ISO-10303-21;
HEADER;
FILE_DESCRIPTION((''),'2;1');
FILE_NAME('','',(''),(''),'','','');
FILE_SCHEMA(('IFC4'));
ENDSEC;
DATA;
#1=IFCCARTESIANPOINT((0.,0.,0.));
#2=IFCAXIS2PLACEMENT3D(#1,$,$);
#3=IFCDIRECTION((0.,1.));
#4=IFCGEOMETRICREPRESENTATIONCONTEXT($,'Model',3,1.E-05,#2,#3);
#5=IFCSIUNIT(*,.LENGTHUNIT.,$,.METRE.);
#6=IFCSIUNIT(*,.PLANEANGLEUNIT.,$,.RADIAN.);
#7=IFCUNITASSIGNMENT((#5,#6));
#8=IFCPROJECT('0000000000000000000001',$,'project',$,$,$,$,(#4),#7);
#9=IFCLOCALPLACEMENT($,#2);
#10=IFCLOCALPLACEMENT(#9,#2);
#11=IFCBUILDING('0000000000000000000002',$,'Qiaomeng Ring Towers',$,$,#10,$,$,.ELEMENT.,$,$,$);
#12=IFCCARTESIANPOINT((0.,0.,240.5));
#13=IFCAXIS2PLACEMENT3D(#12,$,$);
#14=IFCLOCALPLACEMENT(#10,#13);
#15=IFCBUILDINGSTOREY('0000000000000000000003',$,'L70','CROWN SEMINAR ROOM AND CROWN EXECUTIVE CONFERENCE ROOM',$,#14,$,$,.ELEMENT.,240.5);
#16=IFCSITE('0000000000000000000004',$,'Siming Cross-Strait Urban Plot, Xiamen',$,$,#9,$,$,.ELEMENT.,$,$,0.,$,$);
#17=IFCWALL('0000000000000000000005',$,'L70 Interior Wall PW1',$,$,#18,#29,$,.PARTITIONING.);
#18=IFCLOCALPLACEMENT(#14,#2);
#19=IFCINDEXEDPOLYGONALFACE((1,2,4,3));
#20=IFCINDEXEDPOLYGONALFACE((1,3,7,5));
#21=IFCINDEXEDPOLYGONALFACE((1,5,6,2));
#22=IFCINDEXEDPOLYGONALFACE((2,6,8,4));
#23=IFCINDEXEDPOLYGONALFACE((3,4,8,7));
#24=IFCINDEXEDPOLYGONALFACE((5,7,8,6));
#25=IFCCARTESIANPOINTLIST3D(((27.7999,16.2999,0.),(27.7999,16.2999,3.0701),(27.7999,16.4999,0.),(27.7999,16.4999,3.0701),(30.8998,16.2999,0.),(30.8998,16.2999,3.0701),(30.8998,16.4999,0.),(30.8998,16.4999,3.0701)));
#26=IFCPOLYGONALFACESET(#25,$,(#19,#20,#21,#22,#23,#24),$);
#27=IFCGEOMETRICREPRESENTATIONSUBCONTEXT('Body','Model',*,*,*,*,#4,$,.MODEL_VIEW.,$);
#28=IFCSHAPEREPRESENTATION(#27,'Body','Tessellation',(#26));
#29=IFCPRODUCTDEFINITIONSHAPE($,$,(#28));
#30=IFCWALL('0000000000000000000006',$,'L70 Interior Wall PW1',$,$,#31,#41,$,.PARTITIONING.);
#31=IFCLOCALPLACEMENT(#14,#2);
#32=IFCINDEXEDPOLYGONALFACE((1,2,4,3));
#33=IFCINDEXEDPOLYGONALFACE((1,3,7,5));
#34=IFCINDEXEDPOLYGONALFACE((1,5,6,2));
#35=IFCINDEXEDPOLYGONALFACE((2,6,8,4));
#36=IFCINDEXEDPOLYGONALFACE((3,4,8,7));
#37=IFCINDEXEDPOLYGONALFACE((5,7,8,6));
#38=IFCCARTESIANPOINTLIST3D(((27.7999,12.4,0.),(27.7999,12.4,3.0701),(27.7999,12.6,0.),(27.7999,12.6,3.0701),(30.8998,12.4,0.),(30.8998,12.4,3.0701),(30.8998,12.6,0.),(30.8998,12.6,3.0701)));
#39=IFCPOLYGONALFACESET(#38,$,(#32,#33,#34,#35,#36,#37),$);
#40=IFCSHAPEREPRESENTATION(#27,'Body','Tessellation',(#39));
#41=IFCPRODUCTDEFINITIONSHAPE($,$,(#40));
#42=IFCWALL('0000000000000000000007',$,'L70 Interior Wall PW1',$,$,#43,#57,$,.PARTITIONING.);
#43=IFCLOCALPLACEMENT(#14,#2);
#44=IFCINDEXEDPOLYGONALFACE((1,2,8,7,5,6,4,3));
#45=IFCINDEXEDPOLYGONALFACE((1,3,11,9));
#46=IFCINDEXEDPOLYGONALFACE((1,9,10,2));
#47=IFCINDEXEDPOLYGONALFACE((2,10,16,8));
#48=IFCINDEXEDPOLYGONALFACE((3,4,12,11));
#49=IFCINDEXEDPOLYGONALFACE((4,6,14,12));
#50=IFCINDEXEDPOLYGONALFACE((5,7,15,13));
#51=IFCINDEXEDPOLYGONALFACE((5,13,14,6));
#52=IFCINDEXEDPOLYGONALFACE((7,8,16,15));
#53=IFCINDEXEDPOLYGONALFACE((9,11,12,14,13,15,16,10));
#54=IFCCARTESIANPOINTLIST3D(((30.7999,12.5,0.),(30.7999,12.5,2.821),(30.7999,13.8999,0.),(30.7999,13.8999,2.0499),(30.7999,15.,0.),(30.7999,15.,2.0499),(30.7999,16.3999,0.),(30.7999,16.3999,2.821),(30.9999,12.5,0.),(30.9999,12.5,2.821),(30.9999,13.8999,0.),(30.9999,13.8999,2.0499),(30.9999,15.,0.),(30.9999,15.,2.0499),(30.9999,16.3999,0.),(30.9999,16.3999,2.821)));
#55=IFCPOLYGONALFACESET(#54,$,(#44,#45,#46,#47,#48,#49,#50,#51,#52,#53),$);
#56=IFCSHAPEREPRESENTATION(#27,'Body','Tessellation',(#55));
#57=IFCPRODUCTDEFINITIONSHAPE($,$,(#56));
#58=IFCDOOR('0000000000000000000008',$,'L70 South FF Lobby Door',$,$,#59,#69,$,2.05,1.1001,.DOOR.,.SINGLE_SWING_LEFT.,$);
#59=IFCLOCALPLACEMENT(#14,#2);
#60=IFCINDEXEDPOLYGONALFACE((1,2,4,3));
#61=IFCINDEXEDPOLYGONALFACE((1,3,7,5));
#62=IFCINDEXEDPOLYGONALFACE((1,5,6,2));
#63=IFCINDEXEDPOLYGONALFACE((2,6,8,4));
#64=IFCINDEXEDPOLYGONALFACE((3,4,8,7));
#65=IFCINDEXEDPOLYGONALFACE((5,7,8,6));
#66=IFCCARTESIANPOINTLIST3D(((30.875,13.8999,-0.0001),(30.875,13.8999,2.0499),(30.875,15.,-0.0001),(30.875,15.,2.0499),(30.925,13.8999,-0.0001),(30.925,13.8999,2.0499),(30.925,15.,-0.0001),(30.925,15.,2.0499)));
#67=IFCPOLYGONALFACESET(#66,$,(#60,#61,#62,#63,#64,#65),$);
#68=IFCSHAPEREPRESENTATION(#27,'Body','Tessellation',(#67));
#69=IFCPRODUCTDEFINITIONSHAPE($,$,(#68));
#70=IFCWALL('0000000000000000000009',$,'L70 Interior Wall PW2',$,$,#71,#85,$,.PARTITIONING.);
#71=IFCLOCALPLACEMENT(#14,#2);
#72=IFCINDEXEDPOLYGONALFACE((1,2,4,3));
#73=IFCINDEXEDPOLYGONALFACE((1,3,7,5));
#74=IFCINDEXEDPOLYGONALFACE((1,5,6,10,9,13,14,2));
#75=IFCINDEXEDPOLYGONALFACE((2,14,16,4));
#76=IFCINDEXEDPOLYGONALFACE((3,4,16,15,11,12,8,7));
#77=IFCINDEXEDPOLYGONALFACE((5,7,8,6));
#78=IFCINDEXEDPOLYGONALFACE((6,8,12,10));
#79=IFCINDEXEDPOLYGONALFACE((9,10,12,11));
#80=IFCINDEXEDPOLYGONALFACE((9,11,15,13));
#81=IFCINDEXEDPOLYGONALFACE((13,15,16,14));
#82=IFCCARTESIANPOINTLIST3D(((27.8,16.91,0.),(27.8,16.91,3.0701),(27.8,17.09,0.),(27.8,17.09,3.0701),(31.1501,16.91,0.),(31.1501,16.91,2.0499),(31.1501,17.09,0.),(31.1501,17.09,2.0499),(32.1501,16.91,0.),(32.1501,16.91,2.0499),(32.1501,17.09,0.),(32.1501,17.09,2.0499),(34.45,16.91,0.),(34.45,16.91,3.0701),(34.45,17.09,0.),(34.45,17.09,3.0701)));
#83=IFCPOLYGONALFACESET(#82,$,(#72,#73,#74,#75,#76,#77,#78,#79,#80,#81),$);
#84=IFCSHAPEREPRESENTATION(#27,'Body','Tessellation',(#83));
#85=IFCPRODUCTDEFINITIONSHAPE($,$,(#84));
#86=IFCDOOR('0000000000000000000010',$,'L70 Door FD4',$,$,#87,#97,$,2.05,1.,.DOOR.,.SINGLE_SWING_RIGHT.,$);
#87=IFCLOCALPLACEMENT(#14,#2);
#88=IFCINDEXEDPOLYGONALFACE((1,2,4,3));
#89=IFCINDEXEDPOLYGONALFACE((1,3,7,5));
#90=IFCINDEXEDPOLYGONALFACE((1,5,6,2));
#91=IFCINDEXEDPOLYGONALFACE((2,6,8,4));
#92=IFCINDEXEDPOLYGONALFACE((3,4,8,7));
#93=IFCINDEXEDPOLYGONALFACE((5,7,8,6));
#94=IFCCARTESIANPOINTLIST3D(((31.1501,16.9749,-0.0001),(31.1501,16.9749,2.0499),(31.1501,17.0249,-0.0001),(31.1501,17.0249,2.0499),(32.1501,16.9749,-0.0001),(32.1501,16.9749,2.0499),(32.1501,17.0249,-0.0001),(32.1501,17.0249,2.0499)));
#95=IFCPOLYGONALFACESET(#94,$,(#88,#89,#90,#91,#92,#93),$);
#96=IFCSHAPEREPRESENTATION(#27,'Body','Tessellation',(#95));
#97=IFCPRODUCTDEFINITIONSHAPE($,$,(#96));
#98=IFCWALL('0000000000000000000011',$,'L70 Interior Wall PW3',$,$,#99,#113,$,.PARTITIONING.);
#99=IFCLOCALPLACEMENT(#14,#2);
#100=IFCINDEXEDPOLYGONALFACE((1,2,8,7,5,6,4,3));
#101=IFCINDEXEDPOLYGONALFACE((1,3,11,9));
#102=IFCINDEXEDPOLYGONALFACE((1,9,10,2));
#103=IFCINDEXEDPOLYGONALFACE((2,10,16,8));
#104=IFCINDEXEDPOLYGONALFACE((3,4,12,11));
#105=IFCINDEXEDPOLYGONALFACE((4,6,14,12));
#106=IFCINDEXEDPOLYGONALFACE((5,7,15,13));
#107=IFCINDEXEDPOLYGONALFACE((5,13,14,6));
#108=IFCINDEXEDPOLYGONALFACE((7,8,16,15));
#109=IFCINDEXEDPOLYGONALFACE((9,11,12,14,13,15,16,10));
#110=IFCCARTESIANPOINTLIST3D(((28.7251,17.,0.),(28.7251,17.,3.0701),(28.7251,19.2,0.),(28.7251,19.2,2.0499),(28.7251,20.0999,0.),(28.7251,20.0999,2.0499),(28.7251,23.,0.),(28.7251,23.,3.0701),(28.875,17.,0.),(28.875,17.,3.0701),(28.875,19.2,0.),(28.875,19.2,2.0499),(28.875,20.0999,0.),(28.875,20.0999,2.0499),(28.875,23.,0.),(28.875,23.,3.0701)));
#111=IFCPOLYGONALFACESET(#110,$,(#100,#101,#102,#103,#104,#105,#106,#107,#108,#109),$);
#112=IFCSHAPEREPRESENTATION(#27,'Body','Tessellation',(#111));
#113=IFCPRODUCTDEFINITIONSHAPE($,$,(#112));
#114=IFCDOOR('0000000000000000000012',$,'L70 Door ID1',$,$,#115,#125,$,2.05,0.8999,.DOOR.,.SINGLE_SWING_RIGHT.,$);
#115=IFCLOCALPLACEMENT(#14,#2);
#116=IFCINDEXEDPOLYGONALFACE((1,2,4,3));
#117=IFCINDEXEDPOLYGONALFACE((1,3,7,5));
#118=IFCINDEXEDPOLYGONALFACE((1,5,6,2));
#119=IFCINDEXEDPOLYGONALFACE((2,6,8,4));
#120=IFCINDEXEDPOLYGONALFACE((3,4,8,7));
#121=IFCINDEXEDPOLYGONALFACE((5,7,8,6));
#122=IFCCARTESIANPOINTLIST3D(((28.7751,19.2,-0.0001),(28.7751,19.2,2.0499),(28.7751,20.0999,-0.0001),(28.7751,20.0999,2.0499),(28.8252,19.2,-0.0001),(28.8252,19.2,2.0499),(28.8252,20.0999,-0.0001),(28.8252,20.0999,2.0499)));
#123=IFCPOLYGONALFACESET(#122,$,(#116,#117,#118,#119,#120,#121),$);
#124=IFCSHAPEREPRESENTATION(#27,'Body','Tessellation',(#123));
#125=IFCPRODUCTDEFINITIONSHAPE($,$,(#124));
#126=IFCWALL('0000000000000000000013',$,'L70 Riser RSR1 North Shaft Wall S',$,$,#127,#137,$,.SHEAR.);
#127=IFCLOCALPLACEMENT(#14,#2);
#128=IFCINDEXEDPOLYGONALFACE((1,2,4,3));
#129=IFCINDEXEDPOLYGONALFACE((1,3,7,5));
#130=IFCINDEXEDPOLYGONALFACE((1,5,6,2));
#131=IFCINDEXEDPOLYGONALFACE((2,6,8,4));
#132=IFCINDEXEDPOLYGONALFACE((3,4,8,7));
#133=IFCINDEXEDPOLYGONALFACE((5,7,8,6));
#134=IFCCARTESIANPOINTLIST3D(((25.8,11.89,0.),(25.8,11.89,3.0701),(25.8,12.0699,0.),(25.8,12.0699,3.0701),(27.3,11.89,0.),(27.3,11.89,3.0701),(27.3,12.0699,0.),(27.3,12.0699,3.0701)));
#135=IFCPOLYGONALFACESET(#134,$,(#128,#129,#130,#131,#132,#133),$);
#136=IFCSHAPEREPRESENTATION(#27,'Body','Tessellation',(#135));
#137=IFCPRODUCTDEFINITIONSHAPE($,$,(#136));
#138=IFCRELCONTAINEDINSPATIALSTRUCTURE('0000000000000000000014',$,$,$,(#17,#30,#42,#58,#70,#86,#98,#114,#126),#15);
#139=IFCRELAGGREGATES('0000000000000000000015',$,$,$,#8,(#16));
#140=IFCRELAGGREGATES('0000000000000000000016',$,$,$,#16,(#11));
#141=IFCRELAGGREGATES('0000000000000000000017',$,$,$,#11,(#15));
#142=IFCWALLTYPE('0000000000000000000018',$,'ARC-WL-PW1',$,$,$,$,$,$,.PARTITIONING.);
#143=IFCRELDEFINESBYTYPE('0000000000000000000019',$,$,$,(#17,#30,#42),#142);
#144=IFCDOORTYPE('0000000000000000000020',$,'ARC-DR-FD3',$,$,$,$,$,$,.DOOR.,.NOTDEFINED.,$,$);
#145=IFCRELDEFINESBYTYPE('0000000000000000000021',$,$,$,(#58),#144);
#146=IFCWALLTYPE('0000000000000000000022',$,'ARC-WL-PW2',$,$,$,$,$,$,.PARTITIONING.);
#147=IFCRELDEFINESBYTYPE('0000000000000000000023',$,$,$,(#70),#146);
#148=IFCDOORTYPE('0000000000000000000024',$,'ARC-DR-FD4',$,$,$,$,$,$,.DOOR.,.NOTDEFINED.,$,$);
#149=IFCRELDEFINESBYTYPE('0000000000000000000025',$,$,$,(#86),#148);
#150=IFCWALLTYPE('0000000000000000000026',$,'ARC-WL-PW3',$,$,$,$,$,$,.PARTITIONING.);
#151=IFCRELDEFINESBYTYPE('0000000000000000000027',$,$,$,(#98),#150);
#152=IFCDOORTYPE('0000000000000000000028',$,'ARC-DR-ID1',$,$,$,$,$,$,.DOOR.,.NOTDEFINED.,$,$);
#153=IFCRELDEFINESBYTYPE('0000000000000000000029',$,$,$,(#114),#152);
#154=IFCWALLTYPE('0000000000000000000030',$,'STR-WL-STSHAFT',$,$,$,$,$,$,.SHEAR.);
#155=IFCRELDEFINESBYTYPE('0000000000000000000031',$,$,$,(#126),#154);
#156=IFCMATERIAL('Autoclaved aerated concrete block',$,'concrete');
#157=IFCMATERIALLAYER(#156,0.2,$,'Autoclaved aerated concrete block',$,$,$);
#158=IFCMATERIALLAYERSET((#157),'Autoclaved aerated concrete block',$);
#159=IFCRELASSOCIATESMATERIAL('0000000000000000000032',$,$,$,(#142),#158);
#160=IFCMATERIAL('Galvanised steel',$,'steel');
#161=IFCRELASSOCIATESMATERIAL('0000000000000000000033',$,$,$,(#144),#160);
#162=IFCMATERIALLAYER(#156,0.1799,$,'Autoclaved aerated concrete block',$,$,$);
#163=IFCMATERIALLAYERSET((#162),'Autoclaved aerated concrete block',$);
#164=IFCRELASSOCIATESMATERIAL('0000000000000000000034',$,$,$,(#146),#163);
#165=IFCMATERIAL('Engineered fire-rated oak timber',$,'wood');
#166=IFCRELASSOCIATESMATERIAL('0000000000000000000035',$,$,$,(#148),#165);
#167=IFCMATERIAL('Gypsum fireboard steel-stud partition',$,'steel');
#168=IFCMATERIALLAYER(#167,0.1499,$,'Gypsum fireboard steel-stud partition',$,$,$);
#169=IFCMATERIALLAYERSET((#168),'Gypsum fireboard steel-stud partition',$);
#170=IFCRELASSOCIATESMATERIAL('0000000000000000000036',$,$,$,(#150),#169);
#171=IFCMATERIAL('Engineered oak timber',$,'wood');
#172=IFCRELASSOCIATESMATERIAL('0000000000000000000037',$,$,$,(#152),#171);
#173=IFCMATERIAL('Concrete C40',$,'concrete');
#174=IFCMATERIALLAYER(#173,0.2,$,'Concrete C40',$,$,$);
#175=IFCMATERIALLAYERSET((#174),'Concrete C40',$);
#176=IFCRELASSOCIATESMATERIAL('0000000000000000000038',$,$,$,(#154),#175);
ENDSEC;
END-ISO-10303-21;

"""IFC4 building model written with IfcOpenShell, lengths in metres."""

from ifc_helpers import new_model, si_unit, direction, frame, frame_2d, origin, place, context, subcontext, project, spatial, rectangle, extrude, source, transform, mapped, material, layer, layer_set, type_object, element, fill, save


model = new_model("IFC4")

# Units and contexts
model_context = context("Model", 3, precision=1e-05, world=origin(), true_north=direction((0.0, 1.0)))
body_context = subcontext(model_context, "Body", "Model", "MODEL_VIEW")
ifc_project = project(units=[si_unit("LENGTHUNIT", "METRE"), si_unit("PLANEANGLEUNIT", "RADIAN")], contexts=[model_context])

# Site, building, storey
site_placement = place(None, origin())
site = spatial("IfcSite", under=ifc_project, at=site_placement, Name="Siming Cross-Strait Urban Plot, Xiamen", CompositionType="ELEMENT", RefElevation=0.0)
building_placement = place(site_placement, origin())
building = spatial("IfcBuilding", under=site, at=building_placement, Name="Qiaomeng Ring Towers", CompositionType="ELEMENT")
storey_placement = place(building_placement, frame((0.0, 0.0, 240.5)))
storey = spatial("IfcBuildingStorey", under=building, at=storey_placement, Name="L70", Description="CROWN SEMINAR ROOM AND CROWN EXECUTIVE CONFERENCE ROOM", CompositionType="ELEMENT", Elevation=240.5)

# Shared definitions
ifc_material_1 = material(Name="Concrete C40", Category="concrete")

# Walls
ifc_material_2 = material(Name="Autoclaved aerated concrete block", Category="concrete")
ifc_layer_1 = layer(ifc_material_2, 0.2, Name="Autoclaved aerated concrete block")
ifc_layer_set_1 = layer_set([ifc_layer_1], Name="Autoclaved aerated concrete block")
wall_type_1 = type_object("IfcWallType", Name="ARC-WL-PW1", PredefinedType="PARTITIONING", material=ifc_layer_set_1)
for number, where, z_axis, x_axis, name in (
    (1, (27.8, 16.3999, 0.0), (0.0, 0.0, 1.0), (1.0, 0.0, 0.0), "L70 Interior Wall PW1"),
    (2, (27.8, 12.5, 0.0), (0.0, 0.0, 1.0), (1.0, 0.0, 0.0), "L70 Interior Wall PW1"),
):
    element("IfcWall", number, at=place(storey_placement, frame(where, z_axis=z_axis, x_axis=x_axis)), inside=storey, type_object=wall_type_1, Name=name, PredefinedType="PARTITIONING", context=body_context, shape_type="SweptSolid", body=[
        extrude(rectangle(XDim=3.0999, YDim=0.2, at=frame_2d((1.5498, 0.0))), origin(), (0.0, 0.0, 1.0), 3.0701),
    ])

# Walls, openings, doors
wall_1_placement = place(storey_placement, frame((30.8999, 12.5, 0.0), z_axis=(0.0, 0.0, 1.0), x_axis=(0.0, 1.0, 0.0)))
wall_1 = element("IfcWall", 3, at=wall_1_placement, inside=storey, type_object=wall_type_1, Name="L70 Interior Wall PW1", PredefinedType="PARTITIONING", context=body_context, shape_type="SweptSolid", body=[
    extrude(rectangle(XDim=3.8999, YDim=0.2, at=frame_2d((1.95, 0.0))), origin(), (0.0, 0.0, 1.0), 2.821),
])
opening_1_placement = place(wall_1_placement, frame((1.3999, 0.0, 0.0)))
opening_1 = element("IfcOpeningElement", 4, at=opening_1_placement, cuts=wall_1, PredefinedType="OPENING", context=body_context, shape_type="SweptSolid", body=[
    extrude(rectangle(XDim=1.1001, YDim=2.05, at=frame_2d((0.55, 1.0249))), frame((0.0, 0.1099, 0.0), z_axis=(0.0, -1.0, 0.0), x_axis=(1.0, 0.0, 0.0)), (0.0, 0.0, 1.0), 0.22),
])
ifc_material_3 = material(Name="Galvanised steel", Category="steel")
door_type_1 = type_object("IfcDoorType", Name="ARC-DR-FD3", OperationType="NOTDEFINED", PredefinedType="DOOR", material=ifc_material_3)
shared_shape_1 = source(origin(), body_context, "Body", "SweptSolid", [
    extrude(rectangle(XDim=1.1001, YDim=2.05, at=frame_2d((0.55, 1.0249))), frame((0.0, 0.0249, 0.0), z_axis=(0.0, -1.0, 0.0), x_axis=(1.0, 0.0, 0.0)), (0.0, 0.0, 1.0), 0.05),
])
door_1_placement = place(opening_1_placement, origin())
door_1 = element("IfcDoor", 5, at=door_1_placement, inside=storey, type_object=door_type_1, Name="L70 South FF Lobby Door", OperationType="SINGLE_SWING_LEFT", OverallHeight=2.05, OverallWidth=1.1001, PredefinedType="DOOR", context=body_context, shape_type="MappedRepresentation", body=[
    mapped(shared_shape_1, transform((0.0, 0.0, 0.0), x_axis=(1.0, 0.0, 0.0), y_axis=(0.0, 1.0, 0.0), z_axis=(0.0, 0.0, 1.0), scale=1.0)),
])
fill(opening_1, door_1)
ifc_layer_2 = layer(ifc_material_2, 0.1799, Name="Autoclaved aerated concrete block")
ifc_layer_set_2 = layer_set([ifc_layer_2], Name="Autoclaved aerated concrete block")
wall_type_2 = type_object("IfcWallType", Name="ARC-WL-PW2", PredefinedType="PARTITIONING", material=ifc_layer_set_2)
wall_2_placement = place(storey_placement, frame((27.8, 17.0, 0.0), z_axis=(0.0, 0.0, 1.0), x_axis=(1.0, 0.0, 0.0)))
wall_2 = element("IfcWall", 6, at=wall_2_placement, inside=storey, type_object=wall_type_2, Name="L70 Interior Wall PW2", PredefinedType="PARTITIONING", context=body_context, shape_type="SweptSolid", body=[
    extrude(rectangle(XDim=6.6499, YDim=0.1799, at=frame_2d((3.325, 0.0))), origin(), (0.0, 0.0, 1.0), 3.0701),
])
opening_2_placement = place(wall_2_placement, frame((3.3501, 0.0, 0.0)))
opening_2 = element("IfcOpeningElement", 7, at=opening_2_placement, cuts=wall_2, PredefinedType="OPENING", context=body_context, shape_type="SweptSolid", body=[
    extrude(rectangle(XDim=1.0, YDim=2.05, at=frame_2d((0.5, 1.0249))), frame((0.0, 0.0999, 0.0), z_axis=(0.0, -1.0, 0.0), x_axis=(1.0, 0.0, 0.0)), (0.0, 0.0, 1.0), 0.2),
])
ifc_material_4 = material(Name="Engineered fire-rated oak timber", Category="wood")
door_type_2 = type_object("IfcDoorType", Name="ARC-DR-FD4", OperationType="NOTDEFINED", PredefinedType="DOOR", material=ifc_material_4)
shared_shape_2 = source(origin(), body_context, "Body", "SweptSolid", [
    extrude(rectangle(XDim=1.0, YDim=2.05, at=frame_2d((0.5, 1.0249))), frame((0.0, 0.0249, 0.0), z_axis=(0.0, -1.0, 0.0), x_axis=(1.0, 0.0, 0.0)), (0.0, 0.0, 1.0), 0.05),
])
door_2_placement = place(opening_2_placement, origin())
door_2 = element("IfcDoor", 8, at=door_2_placement, inside=storey, type_object=door_type_2, Name="L70 Door FD4", OperationType="SINGLE_SWING_RIGHT", OverallHeight=2.05, OverallWidth=1.0, PredefinedType="DOOR", context=body_context, shape_type="MappedRepresentation", body=[
    mapped(shared_shape_2, transform((0.0, 0.0, 0.0), x_axis=(1.0, 0.0, 0.0), y_axis=(0.0, 1.0, 0.0), z_axis=(0.0, 0.0, 1.0), scale=1.0)),
])
fill(opening_2, door_2)
ifc_material_5 = material(Name="Gypsum fireboard steel-stud partition", Category="steel")
ifc_layer_3 = layer(ifc_material_5, 0.1499, Name="Gypsum fireboard steel-stud partition")
ifc_layer_set_3 = layer_set([ifc_layer_3], Name="Gypsum fireboard steel-stud partition")
wall_type_3 = type_object("IfcWallType", Name="ARC-WL-PW3", PredefinedType="PARTITIONING", material=ifc_layer_set_3)
wall_3_placement = place(storey_placement, frame((28.8, 17.0, 0.0), z_axis=(0.0, 0.0, 1.0), x_axis=(0.0, 1.0, 0.0)))
wall_3 = element("IfcWall", 9, at=wall_3_placement, inside=storey, type_object=wall_type_3, Name="L70 Interior Wall PW3", PredefinedType="PARTITIONING", context=body_context, shape_type="SweptSolid", body=[
    extrude(rectangle(XDim=6.0, YDim=0.1499, at=frame_2d((3.0, 0.0))), origin(), (0.0, 0.0, 1.0), 3.0701),
])
opening_3_placement = place(wall_3_placement, frame((2.2, 0.0, 0.0)))
opening_3 = element("IfcOpeningElement", 10, at=opening_3_placement, cuts=wall_3, PredefinedType="OPENING", context=body_context, shape_type="SweptSolid", body=[
    extrude(rectangle(XDim=0.8999, YDim=2.05, at=frame_2d((0.45, 1.0249))), frame((0.0, 0.085, 0.0), z_axis=(0.0, -1.0, 0.0), x_axis=(1.0, 0.0, 0.0)), (0.0, 0.0, 1.0), 0.1699),
])
ifc_material_6 = material(Name="Engineered oak timber", Category="wood")
door_type_3 = type_object("IfcDoorType", Name="ARC-DR-ID1", OperationType="NOTDEFINED", PredefinedType="DOOR", material=ifc_material_6)
shared_shape_3 = source(origin(), body_context, "Body", "SweptSolid", [
    extrude(rectangle(XDim=0.8999, YDim=2.05, at=frame_2d((0.45, 1.0249))), frame((0.0, 0.0249, 0.0), z_axis=(0.0, -1.0, 0.0), x_axis=(1.0, 0.0, 0.0)), (0.0, 0.0, 1.0), 0.05),
])
door_3_placement = place(opening_3_placement, origin())
door_3 = element("IfcDoor", 11, at=door_3_placement, inside=storey, type_object=door_type_3, Name="L70 Door ID1", OperationType="SINGLE_SWING_RIGHT", OverallHeight=2.05, OverallWidth=0.8999, PredefinedType="DOOR", context=body_context, shape_type="MappedRepresentation", body=[
    mapped(shared_shape_3, transform((0.0, 0.0, 0.0), x_axis=(1.0, 0.0, 0.0), y_axis=(0.0, 1.0, 0.0), z_axis=(0.0, 0.0, 1.0), scale=1.0)),
])
fill(opening_3, door_3)

# Wall
ifc_layer_4 = layer(ifc_material_1, 0.2, Name="Concrete C40")
ifc_layer_set_4 = layer_set([ifc_layer_4], Name="Concrete C40")
wall_type_4 = type_object("IfcWallType", Name="STR-WL-STSHAFT", PredefinedType="SHEAR", material=ifc_layer_set_4)
wall_4_placement = place(storey_placement, frame((25.8, 11.98, 0.0), z_axis=(0.0, 0.0, 1.0), x_axis=(1.0, 0.0, 0.0)))
element("IfcWall", 12, at=wall_4_placement, inside=storey, type_object=wall_type_4, Name="L70 Riser RSR1 North Shaft Wall S", PredefinedType="SHEAR", context=body_context, shape_type="SweptSolid", body=[
    extrude(rectangle(XDim=1.5, YDim=0.1799, at=frame_2d((0.75, 0.0))), origin(), (0.0, 0.0, 1.0), 3.0701),
])

save(model, "model.ifc")
